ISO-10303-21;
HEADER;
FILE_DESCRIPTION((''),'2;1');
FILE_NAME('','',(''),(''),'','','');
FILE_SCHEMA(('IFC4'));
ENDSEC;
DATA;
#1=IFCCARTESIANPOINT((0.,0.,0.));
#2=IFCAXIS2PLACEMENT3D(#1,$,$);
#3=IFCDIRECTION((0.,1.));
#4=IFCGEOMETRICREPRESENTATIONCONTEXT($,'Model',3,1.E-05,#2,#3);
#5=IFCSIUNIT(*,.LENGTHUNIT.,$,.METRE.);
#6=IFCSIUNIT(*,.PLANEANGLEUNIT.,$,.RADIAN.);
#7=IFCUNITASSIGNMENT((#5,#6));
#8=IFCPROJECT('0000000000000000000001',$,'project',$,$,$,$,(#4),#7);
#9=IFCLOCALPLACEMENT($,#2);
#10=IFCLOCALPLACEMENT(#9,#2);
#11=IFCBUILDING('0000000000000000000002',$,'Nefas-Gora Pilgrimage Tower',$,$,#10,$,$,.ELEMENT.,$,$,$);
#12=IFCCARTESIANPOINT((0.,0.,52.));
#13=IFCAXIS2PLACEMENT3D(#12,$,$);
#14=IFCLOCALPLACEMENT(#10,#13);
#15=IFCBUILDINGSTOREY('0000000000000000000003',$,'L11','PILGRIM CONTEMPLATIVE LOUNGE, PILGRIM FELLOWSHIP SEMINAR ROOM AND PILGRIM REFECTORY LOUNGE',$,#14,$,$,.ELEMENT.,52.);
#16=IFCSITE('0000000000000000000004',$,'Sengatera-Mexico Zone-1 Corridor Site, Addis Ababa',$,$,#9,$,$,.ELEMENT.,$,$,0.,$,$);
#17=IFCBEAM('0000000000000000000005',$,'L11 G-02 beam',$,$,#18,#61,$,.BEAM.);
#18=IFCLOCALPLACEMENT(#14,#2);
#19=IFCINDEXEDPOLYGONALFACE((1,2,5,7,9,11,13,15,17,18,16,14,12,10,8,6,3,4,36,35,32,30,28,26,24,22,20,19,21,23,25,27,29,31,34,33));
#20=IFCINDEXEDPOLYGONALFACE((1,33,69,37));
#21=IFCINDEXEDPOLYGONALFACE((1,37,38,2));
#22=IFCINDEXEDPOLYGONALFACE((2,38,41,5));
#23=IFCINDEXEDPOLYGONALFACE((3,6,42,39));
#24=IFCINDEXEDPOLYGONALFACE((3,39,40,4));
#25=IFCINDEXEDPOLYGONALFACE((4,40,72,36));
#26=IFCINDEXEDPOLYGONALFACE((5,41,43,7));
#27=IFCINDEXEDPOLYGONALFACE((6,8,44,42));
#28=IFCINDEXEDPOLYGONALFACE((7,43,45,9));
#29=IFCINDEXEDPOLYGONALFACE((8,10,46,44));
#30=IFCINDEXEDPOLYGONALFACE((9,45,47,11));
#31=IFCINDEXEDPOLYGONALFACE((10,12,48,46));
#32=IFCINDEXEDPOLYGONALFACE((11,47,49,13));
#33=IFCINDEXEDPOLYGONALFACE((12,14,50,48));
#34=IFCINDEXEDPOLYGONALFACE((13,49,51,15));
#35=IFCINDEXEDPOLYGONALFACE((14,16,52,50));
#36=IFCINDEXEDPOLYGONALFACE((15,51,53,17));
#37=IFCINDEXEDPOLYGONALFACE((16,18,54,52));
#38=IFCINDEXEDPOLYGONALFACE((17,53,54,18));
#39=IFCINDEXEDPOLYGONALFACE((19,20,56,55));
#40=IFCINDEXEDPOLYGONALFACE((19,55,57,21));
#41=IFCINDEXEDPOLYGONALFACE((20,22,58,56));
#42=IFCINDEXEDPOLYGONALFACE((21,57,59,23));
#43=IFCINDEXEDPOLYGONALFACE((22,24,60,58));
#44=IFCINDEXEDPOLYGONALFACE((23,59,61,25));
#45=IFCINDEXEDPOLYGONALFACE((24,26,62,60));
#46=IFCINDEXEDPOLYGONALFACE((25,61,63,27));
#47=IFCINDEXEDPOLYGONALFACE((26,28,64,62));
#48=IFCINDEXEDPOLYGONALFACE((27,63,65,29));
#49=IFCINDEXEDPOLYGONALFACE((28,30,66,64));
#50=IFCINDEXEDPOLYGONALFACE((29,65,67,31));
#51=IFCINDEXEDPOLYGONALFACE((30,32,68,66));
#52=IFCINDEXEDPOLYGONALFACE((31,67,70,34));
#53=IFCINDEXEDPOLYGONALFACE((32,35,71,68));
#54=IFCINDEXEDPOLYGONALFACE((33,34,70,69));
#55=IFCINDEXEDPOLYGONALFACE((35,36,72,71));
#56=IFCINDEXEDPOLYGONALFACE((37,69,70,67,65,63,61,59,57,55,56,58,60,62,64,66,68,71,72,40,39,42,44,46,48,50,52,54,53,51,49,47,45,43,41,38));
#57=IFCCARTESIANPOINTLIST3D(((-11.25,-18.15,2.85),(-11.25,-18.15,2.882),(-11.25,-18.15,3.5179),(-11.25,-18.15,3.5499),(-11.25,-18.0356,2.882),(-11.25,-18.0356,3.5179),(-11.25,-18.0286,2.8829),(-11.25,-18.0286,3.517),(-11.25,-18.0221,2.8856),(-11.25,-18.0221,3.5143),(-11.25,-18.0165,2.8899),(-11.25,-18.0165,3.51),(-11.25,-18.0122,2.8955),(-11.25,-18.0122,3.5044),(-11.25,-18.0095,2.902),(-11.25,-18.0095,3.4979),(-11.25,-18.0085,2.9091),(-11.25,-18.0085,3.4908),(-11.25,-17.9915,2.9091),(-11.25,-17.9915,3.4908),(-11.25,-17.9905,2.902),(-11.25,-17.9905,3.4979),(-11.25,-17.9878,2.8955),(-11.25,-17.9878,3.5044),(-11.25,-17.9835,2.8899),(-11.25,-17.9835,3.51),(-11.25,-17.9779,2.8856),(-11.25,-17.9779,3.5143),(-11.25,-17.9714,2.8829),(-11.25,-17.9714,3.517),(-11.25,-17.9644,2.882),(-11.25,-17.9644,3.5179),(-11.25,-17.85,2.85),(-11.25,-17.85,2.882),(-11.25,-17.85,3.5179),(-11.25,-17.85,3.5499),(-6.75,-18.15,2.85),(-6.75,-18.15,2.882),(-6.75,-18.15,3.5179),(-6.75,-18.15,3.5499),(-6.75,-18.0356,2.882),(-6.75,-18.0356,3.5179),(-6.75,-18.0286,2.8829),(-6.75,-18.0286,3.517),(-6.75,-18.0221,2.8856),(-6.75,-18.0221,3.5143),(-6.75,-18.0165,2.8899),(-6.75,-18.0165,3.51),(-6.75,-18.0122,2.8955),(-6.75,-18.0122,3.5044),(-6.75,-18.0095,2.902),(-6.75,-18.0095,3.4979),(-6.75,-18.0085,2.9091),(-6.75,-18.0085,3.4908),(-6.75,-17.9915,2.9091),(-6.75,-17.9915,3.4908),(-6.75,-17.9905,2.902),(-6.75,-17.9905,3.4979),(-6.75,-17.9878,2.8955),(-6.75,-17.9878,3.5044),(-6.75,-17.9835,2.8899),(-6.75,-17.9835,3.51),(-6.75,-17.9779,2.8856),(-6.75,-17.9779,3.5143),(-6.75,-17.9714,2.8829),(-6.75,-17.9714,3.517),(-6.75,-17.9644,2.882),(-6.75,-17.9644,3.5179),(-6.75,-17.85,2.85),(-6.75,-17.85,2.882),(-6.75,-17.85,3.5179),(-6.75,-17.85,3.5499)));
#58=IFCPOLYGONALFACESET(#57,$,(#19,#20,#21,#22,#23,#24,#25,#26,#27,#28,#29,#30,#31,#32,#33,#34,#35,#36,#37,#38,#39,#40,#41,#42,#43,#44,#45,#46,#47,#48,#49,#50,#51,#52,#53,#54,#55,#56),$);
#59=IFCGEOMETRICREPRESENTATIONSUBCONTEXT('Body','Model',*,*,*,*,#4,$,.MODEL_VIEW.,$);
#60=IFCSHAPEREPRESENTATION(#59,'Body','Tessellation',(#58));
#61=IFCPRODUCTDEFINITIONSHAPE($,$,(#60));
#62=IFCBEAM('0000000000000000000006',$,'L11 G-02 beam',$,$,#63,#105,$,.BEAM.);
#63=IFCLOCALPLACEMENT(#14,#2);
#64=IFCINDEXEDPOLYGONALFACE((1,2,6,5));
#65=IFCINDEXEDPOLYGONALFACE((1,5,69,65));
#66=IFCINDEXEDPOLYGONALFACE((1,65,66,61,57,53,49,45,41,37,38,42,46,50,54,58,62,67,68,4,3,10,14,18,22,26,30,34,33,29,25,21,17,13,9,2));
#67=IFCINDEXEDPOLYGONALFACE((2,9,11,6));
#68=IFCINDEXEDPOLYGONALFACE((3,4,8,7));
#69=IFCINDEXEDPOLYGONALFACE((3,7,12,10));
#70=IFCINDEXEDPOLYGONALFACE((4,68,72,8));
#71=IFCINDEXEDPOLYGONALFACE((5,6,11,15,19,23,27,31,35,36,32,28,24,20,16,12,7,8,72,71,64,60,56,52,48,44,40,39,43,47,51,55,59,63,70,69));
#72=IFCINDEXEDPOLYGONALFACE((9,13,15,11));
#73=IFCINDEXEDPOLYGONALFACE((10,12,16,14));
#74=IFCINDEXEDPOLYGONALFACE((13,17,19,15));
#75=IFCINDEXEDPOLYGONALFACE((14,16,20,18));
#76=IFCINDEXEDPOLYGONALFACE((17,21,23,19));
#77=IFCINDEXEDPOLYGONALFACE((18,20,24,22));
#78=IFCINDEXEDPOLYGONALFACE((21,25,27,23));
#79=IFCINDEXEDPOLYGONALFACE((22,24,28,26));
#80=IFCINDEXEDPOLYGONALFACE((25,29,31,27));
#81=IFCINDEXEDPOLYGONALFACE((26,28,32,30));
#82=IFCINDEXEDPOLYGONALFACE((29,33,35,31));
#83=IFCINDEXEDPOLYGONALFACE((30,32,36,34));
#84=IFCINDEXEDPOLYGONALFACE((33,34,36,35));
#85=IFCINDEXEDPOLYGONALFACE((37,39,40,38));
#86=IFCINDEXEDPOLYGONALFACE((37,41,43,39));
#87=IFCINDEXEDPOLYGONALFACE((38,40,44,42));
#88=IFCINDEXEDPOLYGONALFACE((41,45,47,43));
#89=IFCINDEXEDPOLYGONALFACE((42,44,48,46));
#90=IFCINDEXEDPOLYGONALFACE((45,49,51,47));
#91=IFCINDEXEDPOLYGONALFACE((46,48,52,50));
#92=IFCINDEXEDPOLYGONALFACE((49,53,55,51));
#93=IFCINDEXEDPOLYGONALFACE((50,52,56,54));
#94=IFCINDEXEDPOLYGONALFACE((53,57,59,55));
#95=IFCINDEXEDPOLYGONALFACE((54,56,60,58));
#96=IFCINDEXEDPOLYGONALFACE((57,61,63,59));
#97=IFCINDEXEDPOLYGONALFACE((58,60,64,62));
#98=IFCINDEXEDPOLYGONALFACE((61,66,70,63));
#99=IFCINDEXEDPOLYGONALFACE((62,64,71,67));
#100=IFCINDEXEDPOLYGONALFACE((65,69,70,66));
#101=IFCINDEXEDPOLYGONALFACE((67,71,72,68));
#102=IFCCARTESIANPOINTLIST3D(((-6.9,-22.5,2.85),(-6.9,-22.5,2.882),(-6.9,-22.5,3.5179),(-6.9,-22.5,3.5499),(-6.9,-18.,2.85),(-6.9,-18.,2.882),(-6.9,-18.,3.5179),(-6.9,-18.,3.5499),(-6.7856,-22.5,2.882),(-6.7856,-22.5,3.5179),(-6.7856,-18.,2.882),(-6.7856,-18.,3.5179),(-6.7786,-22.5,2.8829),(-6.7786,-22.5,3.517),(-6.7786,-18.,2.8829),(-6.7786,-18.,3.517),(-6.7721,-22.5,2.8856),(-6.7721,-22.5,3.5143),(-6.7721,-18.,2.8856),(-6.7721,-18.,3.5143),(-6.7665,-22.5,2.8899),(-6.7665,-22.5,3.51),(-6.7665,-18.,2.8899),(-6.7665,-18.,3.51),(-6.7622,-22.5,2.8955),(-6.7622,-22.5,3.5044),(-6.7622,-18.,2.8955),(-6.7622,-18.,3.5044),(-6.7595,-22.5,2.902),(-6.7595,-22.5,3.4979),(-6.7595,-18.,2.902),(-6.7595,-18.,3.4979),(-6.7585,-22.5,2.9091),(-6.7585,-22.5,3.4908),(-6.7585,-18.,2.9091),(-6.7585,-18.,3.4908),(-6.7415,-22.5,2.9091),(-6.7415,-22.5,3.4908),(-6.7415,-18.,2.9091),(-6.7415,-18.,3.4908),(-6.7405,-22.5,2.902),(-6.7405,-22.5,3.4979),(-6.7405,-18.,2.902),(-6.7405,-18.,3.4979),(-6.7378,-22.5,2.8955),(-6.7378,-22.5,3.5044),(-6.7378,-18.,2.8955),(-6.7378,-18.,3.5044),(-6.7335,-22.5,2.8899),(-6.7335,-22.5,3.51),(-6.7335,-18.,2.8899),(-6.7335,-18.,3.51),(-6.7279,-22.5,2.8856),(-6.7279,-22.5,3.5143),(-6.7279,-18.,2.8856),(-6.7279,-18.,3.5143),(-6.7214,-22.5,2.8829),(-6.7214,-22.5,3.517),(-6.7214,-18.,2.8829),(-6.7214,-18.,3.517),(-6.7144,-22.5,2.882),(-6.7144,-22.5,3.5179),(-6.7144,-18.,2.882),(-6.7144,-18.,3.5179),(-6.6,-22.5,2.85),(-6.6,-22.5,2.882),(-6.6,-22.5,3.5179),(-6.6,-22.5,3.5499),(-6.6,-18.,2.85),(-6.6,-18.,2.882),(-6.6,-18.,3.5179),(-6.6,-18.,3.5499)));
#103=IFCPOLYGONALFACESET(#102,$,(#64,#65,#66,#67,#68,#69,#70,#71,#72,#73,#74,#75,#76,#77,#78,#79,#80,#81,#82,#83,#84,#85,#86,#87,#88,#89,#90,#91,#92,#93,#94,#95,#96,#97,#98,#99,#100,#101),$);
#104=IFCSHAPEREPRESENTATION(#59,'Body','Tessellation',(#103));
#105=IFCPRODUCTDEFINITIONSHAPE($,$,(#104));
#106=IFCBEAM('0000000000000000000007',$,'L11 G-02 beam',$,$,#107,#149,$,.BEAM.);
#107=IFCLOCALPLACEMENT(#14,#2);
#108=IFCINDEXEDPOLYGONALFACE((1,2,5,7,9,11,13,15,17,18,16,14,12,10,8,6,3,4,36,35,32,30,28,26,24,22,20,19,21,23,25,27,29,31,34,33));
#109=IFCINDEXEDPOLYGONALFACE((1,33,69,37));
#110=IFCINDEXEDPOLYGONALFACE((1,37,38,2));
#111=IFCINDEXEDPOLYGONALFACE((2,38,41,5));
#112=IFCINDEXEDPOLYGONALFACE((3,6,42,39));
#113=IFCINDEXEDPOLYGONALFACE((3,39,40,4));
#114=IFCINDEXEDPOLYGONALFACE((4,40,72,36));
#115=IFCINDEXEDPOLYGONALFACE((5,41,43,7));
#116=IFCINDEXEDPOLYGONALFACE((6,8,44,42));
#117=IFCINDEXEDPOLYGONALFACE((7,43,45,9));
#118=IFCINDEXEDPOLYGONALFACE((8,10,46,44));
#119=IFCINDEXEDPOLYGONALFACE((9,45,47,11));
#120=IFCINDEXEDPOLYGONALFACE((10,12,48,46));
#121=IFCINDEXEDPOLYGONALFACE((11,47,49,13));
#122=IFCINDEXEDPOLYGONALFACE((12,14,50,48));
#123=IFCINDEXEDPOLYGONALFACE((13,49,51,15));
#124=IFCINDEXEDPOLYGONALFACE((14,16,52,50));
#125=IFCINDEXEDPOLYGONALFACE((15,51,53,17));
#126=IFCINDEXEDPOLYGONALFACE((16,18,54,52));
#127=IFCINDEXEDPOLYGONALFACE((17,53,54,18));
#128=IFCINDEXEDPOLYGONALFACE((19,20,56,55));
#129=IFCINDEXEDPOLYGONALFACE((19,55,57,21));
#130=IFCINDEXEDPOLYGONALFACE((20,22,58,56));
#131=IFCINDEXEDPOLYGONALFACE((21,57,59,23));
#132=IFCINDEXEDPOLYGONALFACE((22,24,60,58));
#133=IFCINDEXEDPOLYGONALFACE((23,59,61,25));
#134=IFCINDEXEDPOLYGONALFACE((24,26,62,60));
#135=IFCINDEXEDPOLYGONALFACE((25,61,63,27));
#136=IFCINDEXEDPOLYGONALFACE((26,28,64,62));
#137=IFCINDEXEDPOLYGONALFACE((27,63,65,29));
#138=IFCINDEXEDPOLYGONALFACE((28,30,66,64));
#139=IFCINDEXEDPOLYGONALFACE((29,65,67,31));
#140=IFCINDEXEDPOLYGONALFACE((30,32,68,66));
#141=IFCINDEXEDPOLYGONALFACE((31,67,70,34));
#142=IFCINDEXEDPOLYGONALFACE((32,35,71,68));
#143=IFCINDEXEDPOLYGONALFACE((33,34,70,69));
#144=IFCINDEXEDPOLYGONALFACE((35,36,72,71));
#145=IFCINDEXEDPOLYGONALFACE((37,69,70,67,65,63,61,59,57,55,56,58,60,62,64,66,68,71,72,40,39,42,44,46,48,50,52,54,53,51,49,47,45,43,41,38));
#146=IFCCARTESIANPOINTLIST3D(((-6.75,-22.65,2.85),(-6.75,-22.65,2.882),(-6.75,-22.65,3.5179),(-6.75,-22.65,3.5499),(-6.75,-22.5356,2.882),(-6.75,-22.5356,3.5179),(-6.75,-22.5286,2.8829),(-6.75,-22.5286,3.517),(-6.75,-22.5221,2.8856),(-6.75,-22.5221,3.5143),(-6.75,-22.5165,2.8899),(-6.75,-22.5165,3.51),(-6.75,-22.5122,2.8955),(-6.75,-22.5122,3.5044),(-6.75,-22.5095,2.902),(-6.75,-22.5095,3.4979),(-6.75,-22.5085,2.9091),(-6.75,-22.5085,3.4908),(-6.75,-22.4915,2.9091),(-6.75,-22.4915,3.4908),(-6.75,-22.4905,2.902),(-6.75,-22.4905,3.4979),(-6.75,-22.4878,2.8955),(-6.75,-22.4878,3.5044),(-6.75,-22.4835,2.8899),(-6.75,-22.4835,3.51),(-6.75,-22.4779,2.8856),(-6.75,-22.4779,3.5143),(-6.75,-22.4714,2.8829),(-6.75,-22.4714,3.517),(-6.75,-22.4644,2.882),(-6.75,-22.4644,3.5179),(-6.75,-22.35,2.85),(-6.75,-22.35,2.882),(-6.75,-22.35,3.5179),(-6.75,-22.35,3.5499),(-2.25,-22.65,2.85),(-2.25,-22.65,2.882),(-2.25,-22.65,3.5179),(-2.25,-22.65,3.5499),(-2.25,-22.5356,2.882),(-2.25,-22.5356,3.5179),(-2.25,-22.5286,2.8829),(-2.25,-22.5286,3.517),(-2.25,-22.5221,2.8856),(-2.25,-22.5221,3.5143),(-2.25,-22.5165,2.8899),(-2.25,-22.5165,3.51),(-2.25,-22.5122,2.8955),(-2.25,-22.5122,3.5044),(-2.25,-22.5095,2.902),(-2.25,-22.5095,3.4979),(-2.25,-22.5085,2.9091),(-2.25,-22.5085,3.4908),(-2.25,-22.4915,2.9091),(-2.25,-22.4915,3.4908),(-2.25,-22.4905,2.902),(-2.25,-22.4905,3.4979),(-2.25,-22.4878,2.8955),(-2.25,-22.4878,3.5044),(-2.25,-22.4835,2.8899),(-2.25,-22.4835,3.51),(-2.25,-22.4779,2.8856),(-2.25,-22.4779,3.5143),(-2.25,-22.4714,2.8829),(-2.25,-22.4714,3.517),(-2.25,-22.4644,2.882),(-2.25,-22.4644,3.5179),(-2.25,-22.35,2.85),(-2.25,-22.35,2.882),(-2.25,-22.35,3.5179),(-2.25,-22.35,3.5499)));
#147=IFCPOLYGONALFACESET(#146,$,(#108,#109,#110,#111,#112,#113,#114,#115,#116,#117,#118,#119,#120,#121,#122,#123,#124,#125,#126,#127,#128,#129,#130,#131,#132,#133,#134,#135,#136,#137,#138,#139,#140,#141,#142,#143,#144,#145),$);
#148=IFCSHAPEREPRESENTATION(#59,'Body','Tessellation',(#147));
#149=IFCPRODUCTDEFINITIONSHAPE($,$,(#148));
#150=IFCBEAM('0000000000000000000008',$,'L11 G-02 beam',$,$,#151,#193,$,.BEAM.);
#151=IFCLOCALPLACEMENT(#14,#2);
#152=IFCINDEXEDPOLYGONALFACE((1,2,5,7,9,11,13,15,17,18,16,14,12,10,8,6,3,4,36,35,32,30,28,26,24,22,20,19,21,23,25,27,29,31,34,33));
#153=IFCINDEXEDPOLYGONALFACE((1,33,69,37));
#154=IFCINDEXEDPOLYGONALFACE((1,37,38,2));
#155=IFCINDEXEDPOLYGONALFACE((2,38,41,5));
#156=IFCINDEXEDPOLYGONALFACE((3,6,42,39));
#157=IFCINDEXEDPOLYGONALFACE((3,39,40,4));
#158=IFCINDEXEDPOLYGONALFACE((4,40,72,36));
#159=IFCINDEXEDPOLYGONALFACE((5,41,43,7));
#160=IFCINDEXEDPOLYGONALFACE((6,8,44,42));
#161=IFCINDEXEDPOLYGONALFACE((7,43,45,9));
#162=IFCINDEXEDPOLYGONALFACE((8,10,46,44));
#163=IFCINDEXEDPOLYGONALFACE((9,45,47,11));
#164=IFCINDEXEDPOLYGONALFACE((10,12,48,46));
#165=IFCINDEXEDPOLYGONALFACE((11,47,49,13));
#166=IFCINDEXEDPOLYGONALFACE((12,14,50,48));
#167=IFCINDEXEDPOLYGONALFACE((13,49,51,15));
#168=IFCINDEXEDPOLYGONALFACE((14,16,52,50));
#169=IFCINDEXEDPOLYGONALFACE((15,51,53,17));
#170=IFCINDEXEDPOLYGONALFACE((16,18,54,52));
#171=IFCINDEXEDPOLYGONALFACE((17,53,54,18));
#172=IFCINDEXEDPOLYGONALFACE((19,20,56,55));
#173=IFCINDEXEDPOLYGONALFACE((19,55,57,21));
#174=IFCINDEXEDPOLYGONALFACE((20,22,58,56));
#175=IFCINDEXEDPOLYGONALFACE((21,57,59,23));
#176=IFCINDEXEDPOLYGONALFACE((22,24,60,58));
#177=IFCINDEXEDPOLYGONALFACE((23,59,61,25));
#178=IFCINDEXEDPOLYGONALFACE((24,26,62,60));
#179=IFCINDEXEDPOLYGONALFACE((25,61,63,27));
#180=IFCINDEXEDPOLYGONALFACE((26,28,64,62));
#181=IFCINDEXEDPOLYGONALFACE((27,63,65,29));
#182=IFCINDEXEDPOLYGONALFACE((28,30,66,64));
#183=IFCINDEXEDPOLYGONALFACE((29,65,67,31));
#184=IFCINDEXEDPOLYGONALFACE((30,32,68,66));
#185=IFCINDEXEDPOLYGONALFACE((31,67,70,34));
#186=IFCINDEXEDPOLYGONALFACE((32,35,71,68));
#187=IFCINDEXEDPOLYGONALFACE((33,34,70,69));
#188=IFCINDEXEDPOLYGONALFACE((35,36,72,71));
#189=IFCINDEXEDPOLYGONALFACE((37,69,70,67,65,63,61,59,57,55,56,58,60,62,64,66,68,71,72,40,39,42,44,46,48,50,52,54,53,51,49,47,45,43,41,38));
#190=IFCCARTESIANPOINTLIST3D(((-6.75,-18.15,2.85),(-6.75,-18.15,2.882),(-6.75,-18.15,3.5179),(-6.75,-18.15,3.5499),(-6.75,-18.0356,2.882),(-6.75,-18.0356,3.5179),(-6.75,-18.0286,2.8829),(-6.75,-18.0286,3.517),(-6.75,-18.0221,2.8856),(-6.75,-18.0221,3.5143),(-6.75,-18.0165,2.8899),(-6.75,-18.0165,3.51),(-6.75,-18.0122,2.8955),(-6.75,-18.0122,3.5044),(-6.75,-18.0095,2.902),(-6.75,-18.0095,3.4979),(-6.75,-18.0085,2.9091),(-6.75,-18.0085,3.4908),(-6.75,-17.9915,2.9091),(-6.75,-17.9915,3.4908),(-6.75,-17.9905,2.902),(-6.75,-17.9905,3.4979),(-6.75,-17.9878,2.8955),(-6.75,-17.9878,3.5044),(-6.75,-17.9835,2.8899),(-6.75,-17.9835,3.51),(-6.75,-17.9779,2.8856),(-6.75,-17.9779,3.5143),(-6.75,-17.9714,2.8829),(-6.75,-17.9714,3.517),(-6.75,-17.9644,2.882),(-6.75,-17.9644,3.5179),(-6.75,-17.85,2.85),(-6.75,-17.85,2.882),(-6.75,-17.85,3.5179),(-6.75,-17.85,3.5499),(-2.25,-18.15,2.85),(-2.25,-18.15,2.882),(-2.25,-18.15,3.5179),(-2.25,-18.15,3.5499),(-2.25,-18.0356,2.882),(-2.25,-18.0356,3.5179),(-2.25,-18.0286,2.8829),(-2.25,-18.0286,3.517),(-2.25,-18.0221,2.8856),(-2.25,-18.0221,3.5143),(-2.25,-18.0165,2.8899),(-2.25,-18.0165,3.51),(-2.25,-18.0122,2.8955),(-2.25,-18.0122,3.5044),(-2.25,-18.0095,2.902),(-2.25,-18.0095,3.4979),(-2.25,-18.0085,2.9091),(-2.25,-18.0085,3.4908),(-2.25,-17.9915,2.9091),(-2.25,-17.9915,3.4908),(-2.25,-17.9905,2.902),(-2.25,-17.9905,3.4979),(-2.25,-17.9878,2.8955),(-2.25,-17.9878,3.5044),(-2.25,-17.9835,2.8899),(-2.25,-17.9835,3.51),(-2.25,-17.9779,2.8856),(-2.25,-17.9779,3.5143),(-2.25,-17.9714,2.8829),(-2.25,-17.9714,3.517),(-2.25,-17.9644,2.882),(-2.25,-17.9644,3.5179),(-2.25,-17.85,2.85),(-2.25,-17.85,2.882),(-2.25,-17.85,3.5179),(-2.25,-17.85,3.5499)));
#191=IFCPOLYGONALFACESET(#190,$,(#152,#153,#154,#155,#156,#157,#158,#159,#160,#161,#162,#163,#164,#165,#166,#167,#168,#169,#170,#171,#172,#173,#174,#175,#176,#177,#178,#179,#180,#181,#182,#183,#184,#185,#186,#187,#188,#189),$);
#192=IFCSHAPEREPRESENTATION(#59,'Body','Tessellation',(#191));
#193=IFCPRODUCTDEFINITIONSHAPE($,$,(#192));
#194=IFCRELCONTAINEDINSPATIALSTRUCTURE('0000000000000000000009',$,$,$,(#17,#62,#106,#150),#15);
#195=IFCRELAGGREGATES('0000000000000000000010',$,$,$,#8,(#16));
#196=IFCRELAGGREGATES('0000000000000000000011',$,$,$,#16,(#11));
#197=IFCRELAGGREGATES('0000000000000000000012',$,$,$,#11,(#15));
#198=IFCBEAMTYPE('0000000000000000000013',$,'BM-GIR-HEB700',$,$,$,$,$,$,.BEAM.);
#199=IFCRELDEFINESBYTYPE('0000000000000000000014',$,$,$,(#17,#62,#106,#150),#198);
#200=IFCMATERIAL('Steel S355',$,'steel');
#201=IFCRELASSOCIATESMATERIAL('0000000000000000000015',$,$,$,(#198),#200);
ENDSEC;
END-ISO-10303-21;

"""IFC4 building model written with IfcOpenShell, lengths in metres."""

from ifc_helpers import new_model, si_unit, direction, frame, origin, origin_2d, place, context, subcontext, project, spatial, i_section, extrude, source, transform, mapped, material, material_profile, profile_set, type_object, element, save


model = new_model("IFC4")

# Units and contexts
model_context = context("Model", 3, precision=1e-05, world=origin(), true_north=direction((0.0, 1.0)))
body_context = subcontext(model_context, "Body", "Model", "MODEL_VIEW")
ifc_project = project(units=[si_unit("LENGTHUNIT", "METRE"), si_unit("PLANEANGLEUNIT", "RADIAN")], contexts=[model_context])

# Site, building, storey
site_placement = place(None, origin())
site = spatial("IfcSite", under=ifc_project, at=site_placement, Name="Sengatera-Mexico Zone-1 Corridor Site, Addis Ababa", CompositionType="ELEMENT", RefElevation=0.0)
building_placement = place(site_placement, origin())
building = spatial("IfcBuilding", under=site, at=building_placement, Name="Nefas-Gora Pilgrimage Tower", CompositionType="ELEMENT")
storey_placement = place(building_placement, frame((0.0, 0.0, 52.0)))
storey = spatial("IfcBuildingStorey", under=building, at=storey_placement, Name="L11", Description="PILGRIM CONTEMPLATIVE LOUNGE, PILGRIM FELLOWSHIP SEMINAR ROOM AND PILGRIM REFECTORY LOUNGE", CompositionType="ELEMENT", Elevation=52.0)

# Beams
ifc_material_1 = material(Name="Steel S355", Category="steel")
ifc_material_profile_1 = material_profile(ifc_material_1, i_section(OverallWidth=0.3, OverallDepth=0.7, WebThickness=0.0171, FlangeThickness=0.032, FilletRadius=0.0271, at=origin_2d()), Name="HEB 700")
ifc_profile_set_1 = profile_set([ifc_material_profile_1], Name="Steel S355")
beam_type = type_object("IfcBeamType", Name="BM-GIR-HEB700", PredefinedType="BEAM", material=ifc_profile_set_1)
shared_shape_1 = source(origin(), body_context, "Body", "SweptSolid", [
    extrude(i_section(OverallWidth=0.3, OverallDepth=0.7, WebThickness=0.0171, FlangeThickness=0.032, FilletRadius=0.0271, at=origin_2d()), origin(), (0.0, 0.0, 1.0), 4.5),
])
for number, where, z_axis, x_axis, name in (
    (1, (-11.25, -18.0, 3.2), (1.0, 0.0, 0.0), (0.0, 1.0, 0.0), "L11 G-02 beam"),
    (2, (-6.75, -22.5, 3.2), (0.0, 1.0, 0.0), (-1.0, 0.0, 0.0), "L11 G-02 beam"),
    (3, (-6.75, -22.5, 3.2), (1.0, 0.0, 0.0), (0.0, 1.0, 0.0), "L11 G-02 beam"),
    (4, (-6.75, -18.0, 3.2), (1.0, 0.0, 0.0), (0.0, 1.0, 0.0), "L11 G-02 beam"),
):
    element("IfcBeam", number, at=place(storey_placement, frame(where, z_axis=z_axis, x_axis=x_axis)), inside=storey, type_object=beam_type, Name=name, PredefinedType="BEAM", context=body_context, shape_type="MappedRepresentation", body=[
        mapped(shared_shape_1, transform((0.0, 0.0, 0.0), x_axis=(1.0, 0.0, 0.0), y_axis=(0.0, 1.0, 0.0), z_axis=(0.0, 0.0, 1.0), scale=1.0)),
    ])

save(model, "model.ifc")
